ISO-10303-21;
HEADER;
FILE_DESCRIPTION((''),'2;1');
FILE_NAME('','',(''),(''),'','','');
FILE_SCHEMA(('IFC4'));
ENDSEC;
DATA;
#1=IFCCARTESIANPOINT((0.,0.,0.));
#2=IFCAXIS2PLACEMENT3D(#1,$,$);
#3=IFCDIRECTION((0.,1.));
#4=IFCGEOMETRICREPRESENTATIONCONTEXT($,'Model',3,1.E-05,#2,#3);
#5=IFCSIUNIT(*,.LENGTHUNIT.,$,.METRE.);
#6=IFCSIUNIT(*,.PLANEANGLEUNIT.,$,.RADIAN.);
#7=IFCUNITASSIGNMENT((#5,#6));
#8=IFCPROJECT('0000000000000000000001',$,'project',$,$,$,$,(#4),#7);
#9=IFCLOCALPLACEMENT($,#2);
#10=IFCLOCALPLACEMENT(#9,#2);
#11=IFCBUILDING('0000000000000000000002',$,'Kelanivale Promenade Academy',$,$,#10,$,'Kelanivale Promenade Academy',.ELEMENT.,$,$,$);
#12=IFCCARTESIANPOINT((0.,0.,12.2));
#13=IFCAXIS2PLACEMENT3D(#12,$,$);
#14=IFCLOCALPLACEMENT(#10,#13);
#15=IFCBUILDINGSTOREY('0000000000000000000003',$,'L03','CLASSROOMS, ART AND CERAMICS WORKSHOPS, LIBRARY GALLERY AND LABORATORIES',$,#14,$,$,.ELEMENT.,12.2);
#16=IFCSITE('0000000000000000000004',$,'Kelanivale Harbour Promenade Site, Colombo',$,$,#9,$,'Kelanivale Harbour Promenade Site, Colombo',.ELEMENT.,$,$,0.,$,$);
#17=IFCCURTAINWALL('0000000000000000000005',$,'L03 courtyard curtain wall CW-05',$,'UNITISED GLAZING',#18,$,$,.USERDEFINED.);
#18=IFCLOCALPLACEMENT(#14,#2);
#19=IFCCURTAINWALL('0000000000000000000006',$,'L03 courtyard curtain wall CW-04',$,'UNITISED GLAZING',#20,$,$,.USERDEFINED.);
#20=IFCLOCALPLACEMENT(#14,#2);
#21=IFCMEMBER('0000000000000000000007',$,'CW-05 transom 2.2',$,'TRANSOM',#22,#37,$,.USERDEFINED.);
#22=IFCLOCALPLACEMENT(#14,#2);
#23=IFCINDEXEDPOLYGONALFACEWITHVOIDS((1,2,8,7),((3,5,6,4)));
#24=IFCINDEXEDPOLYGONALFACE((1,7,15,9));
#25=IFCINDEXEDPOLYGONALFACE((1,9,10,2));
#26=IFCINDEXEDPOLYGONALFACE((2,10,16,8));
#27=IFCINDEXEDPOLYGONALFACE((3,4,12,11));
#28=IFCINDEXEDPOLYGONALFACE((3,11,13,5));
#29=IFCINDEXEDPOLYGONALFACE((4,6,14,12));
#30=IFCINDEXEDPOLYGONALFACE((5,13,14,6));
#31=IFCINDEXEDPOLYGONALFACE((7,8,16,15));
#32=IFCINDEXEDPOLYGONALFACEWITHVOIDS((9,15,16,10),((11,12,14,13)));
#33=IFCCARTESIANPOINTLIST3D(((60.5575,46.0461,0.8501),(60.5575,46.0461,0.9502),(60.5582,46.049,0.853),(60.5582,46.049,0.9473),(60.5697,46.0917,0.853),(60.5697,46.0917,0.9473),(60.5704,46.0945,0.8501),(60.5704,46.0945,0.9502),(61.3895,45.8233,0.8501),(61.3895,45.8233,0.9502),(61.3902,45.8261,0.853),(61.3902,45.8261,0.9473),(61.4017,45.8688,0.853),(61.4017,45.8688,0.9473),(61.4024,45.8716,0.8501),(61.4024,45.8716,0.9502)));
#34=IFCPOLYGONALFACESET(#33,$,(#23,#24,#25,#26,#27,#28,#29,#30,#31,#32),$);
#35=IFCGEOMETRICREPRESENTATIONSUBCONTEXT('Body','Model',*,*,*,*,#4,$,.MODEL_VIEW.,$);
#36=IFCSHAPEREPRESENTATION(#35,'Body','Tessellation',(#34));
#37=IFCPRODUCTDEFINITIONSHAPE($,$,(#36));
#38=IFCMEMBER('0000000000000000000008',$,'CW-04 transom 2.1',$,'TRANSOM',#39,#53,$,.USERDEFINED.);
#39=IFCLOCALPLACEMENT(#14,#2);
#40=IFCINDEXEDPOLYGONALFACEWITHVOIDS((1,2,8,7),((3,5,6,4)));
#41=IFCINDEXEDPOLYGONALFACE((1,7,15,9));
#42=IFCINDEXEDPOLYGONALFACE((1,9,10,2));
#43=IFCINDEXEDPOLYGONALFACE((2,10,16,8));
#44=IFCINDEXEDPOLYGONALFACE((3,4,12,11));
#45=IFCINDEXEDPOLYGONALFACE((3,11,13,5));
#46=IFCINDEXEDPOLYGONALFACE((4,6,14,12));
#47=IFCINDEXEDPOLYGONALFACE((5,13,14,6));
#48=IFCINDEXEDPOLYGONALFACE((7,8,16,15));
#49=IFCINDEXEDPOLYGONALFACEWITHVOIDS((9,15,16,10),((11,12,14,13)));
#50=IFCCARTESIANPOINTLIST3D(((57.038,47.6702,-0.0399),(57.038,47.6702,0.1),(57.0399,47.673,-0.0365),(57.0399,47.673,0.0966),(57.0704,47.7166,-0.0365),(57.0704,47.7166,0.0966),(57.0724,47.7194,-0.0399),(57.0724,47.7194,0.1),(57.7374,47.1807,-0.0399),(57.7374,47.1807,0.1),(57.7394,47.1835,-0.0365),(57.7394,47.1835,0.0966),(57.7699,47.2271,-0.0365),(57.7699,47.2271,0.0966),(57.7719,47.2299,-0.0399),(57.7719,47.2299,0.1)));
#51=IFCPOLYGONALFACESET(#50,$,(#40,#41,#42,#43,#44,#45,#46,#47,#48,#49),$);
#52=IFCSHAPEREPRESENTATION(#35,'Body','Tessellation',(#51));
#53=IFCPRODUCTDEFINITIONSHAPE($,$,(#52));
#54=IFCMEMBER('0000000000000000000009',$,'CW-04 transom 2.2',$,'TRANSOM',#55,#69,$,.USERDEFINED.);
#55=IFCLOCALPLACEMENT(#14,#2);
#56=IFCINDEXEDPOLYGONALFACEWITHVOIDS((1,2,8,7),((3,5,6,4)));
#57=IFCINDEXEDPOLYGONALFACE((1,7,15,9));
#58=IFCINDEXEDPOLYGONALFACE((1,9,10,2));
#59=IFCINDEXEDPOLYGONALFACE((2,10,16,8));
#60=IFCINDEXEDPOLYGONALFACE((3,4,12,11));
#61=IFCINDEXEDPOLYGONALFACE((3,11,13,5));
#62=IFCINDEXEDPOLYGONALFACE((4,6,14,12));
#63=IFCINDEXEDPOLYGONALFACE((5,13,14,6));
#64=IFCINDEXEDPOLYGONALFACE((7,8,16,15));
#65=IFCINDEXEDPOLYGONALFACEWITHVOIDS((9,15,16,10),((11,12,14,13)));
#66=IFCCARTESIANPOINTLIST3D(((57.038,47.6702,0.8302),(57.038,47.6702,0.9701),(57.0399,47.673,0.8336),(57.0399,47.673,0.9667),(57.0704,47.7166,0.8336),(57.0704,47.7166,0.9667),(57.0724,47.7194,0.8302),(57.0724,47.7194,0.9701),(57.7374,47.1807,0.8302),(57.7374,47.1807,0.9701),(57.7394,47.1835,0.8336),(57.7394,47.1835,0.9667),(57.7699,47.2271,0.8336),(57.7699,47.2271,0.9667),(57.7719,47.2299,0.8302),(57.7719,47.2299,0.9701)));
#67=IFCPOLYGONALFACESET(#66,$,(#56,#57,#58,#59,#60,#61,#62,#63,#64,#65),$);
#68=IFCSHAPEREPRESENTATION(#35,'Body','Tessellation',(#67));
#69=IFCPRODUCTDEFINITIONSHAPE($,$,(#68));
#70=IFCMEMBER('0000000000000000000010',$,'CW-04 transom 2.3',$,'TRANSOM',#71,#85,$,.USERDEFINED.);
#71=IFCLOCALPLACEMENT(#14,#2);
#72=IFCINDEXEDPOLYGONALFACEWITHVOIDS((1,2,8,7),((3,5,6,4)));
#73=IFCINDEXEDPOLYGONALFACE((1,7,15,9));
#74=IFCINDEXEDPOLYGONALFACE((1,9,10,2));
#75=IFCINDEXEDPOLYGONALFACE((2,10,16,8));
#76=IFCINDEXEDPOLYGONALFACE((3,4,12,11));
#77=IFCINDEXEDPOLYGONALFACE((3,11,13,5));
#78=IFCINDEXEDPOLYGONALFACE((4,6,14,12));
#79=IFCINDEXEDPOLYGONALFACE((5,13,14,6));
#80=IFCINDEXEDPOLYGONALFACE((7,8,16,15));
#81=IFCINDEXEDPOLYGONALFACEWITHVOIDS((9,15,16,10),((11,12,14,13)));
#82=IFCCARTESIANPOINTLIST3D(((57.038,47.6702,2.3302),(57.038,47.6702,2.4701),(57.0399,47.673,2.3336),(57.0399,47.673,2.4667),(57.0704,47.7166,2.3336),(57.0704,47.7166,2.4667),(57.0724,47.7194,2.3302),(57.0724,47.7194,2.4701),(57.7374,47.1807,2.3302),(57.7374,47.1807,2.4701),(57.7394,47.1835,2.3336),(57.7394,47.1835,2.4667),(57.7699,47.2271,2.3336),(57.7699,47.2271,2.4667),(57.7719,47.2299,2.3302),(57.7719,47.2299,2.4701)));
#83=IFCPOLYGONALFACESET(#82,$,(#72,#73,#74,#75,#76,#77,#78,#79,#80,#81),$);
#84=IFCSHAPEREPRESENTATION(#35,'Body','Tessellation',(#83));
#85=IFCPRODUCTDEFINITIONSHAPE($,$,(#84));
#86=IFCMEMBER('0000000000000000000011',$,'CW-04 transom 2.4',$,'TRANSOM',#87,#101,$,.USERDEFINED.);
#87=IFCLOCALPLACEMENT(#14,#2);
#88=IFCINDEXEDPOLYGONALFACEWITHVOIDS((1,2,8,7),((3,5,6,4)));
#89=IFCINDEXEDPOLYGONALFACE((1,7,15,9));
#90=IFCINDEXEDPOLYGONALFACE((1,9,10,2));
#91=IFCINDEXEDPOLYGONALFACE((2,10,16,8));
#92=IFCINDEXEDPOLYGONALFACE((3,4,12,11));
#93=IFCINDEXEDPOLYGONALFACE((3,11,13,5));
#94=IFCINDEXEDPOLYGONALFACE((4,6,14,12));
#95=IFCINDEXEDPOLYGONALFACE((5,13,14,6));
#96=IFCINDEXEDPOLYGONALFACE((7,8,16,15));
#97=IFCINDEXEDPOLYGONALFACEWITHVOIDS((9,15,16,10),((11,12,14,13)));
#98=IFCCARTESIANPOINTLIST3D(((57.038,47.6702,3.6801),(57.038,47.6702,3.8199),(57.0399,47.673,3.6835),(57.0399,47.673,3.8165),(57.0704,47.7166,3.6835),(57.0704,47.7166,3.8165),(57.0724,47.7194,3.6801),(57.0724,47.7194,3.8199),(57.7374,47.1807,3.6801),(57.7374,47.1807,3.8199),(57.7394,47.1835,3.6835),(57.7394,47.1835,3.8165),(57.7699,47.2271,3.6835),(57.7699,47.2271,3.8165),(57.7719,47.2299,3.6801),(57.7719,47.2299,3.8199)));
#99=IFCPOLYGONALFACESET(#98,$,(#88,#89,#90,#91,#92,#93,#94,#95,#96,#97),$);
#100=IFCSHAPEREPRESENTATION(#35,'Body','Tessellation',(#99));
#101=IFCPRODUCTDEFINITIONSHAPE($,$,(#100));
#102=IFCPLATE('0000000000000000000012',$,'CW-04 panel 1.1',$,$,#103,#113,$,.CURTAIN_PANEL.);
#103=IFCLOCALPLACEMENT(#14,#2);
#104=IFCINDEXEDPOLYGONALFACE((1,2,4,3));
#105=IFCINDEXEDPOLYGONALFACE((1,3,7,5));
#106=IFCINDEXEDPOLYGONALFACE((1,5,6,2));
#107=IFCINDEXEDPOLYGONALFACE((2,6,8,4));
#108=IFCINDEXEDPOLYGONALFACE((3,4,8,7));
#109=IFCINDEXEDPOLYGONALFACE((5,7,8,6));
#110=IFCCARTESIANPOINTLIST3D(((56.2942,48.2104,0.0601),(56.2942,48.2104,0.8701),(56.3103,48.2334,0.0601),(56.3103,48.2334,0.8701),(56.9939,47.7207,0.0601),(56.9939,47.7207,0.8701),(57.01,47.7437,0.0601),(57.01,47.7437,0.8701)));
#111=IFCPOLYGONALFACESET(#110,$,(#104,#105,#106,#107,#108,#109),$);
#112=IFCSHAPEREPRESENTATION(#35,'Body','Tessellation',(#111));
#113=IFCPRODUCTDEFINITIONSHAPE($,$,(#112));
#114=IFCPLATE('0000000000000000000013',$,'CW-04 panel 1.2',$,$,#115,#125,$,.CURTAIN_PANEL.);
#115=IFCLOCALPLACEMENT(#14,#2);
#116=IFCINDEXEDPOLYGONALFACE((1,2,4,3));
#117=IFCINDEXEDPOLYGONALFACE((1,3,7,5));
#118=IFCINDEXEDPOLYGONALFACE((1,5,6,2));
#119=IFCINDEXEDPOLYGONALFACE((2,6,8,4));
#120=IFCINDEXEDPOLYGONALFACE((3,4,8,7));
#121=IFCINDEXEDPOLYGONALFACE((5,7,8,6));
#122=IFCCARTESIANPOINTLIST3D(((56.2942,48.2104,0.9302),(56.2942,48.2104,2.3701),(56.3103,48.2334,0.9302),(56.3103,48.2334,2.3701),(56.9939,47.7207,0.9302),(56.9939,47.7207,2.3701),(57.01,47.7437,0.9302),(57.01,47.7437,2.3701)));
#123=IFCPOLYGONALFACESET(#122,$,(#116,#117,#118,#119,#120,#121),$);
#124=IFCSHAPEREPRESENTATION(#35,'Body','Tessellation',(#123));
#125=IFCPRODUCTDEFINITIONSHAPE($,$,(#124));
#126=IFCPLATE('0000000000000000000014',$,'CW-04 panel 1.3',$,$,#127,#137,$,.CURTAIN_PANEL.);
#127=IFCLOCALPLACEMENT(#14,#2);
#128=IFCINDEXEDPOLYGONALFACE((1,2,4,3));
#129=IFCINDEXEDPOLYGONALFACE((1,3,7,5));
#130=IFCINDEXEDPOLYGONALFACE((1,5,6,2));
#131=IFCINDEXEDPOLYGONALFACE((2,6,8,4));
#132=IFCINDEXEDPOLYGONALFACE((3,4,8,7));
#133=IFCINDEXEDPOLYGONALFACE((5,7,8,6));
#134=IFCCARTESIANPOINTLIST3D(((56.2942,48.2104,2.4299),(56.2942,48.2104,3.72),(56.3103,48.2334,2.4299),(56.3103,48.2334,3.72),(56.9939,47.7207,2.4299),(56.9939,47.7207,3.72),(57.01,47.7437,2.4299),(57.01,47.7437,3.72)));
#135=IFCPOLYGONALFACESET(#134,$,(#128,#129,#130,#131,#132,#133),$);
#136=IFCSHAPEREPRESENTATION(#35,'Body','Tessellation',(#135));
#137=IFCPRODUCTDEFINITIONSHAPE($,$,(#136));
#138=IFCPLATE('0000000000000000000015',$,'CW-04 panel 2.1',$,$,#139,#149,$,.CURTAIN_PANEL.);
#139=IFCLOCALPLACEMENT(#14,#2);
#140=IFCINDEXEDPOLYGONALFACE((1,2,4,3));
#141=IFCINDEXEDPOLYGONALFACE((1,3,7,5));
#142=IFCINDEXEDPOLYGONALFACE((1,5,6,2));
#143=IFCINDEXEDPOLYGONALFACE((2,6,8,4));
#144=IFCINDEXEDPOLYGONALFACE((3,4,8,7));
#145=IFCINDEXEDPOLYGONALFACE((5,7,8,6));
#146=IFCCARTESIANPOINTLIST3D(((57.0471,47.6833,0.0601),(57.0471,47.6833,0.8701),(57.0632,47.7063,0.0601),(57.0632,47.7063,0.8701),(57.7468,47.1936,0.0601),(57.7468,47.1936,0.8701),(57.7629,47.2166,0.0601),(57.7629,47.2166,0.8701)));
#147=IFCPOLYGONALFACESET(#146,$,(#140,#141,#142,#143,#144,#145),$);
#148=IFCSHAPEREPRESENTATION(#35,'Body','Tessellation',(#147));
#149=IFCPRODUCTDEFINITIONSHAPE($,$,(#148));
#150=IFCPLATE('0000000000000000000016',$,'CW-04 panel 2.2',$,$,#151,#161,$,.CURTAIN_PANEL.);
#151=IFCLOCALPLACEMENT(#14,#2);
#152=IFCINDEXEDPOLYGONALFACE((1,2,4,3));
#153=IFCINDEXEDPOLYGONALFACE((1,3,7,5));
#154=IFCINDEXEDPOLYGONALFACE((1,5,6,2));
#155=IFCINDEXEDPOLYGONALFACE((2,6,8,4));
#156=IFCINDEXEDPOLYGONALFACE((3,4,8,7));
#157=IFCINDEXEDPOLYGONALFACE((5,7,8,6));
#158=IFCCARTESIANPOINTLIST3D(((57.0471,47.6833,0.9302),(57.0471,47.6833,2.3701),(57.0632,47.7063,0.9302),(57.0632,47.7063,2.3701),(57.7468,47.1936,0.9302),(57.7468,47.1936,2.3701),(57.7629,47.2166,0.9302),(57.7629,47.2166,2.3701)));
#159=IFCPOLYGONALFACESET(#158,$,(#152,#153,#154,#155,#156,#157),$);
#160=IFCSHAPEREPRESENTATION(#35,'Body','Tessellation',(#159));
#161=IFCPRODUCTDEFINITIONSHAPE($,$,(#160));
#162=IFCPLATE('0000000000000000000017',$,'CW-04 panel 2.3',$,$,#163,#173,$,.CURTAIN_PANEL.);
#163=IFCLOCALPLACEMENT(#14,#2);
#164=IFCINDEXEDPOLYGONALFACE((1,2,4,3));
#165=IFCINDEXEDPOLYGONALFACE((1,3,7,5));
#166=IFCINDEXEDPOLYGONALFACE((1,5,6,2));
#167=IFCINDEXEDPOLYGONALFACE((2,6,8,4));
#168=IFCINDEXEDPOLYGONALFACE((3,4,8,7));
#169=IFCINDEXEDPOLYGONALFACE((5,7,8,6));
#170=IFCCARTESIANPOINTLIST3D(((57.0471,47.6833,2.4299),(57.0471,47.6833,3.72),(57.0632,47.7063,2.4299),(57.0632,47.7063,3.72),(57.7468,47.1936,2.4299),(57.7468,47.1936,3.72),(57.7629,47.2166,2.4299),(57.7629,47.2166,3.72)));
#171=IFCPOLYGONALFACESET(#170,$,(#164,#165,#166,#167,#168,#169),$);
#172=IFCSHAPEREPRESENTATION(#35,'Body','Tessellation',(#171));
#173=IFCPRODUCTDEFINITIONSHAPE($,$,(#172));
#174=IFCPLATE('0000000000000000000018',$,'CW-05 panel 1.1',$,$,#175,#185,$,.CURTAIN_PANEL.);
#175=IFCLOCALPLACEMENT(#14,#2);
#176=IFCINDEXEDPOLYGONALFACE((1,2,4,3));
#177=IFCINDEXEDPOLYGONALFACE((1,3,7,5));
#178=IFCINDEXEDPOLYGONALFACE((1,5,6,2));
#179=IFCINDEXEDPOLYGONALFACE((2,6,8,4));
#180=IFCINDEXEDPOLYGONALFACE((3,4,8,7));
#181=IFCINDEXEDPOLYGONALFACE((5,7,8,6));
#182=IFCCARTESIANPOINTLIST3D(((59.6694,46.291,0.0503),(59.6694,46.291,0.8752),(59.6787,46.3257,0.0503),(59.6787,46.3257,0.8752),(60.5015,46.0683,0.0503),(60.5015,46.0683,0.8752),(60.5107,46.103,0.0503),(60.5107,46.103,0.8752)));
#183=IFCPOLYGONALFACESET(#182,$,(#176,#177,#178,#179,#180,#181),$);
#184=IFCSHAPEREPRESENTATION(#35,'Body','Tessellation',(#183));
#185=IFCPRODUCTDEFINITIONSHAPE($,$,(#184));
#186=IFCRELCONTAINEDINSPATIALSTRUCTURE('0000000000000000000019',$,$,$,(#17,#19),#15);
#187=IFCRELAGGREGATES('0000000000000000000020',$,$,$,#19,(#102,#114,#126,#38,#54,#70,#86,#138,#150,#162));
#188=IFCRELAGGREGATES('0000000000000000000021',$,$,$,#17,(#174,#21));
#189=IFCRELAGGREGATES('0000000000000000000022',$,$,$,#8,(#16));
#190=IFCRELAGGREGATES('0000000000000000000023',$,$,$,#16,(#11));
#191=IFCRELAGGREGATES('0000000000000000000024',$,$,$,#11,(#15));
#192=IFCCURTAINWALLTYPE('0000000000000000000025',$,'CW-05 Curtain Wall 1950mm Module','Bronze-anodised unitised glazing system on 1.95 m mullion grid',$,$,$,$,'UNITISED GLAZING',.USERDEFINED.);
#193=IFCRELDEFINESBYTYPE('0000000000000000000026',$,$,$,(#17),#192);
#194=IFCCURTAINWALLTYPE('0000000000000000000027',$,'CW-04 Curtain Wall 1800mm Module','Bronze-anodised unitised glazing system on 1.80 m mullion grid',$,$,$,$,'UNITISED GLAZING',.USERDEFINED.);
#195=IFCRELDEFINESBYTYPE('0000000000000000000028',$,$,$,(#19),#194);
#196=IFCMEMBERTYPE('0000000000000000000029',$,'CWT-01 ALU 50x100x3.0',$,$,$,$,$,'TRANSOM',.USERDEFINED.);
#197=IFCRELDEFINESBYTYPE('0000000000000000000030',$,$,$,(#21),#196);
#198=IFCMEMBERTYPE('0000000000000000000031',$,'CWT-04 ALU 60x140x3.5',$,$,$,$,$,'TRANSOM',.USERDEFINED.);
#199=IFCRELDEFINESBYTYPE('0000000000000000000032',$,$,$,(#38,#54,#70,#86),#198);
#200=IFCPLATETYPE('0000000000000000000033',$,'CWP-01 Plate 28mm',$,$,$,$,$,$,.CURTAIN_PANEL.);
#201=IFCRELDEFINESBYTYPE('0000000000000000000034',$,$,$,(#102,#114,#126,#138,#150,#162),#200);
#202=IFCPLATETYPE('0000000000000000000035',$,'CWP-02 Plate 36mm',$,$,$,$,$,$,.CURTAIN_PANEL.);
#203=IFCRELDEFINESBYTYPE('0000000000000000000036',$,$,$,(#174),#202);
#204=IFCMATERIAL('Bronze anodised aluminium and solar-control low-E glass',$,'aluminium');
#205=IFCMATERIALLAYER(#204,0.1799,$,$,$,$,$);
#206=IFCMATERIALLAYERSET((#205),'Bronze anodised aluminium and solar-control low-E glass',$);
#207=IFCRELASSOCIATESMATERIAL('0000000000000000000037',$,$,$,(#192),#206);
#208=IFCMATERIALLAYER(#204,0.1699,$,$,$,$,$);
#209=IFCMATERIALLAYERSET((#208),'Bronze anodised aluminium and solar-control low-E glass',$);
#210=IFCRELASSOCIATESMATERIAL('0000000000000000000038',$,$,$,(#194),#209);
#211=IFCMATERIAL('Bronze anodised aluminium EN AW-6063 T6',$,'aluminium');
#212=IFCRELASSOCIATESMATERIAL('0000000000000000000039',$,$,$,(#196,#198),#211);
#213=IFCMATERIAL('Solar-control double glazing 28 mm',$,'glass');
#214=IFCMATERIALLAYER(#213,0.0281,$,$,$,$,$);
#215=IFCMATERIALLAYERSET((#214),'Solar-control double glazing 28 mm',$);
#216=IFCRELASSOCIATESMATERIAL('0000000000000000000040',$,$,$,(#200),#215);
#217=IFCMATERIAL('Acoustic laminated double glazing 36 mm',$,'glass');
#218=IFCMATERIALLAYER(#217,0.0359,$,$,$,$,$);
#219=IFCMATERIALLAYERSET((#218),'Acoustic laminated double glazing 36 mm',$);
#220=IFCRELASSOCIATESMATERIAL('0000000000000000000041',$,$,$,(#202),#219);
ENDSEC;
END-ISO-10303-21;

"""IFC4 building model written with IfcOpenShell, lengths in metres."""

from ifc_helpers import new_model, si_unit, direction, frame, origin, origin_2d, place, context, subcontext, project, spatial, rectangle, hollow_rectangle, extrude, material, layer, layer_set, material_profile, profile_set, type_object, element, aggregate, save


model = new_model("IFC4")

# Units and contexts
model_context = context("Model", 3, precision=1e-05, world=origin(), true_north=direction((0.0, 1.0)))
body_context = subcontext(model_context, "Body", "Model", "MODEL_VIEW")
ifc_project = project(units=[si_unit("LENGTHUNIT", "METRE"), si_unit("PLANEANGLEUNIT", "RADIAN")], contexts=[model_context])

# Site, building, storey
site_placement = place(None, origin())
site = spatial("IfcSite", under=ifc_project, at=site_placement, Name="Kelanivale Harbour Promenade Site, Colombo", LongName="Kelanivale Harbour Promenade Site, Colombo", CompositionType="ELEMENT", RefElevation=0.0)
building_placement = place(site_placement, origin())
building = spatial("IfcBuilding", under=site, at=building_placement, Name="Kelanivale Promenade Academy", LongName="Kelanivale Promenade Academy", CompositionType="ELEMENT")
storey_placement = place(building_placement, frame((0.0, 0.0, 12.2)))
storey = spatial("IfcBuildingStorey", under=building, at=storey_placement, Name="L03", Description="CLASSROOMS, ART AND CERAMICS WORKSHOPS, LIBRARY GALLERY AND LABORATORIES", CompositionType="ELEMENT", Elevation=12.2)

# Curtain walls
ifc_material_1 = material(Name="Bronze anodised aluminium and solar-control low-E glass", Category="aluminium")
ifc_layer_1 = layer(ifc_material_1, 0.1799)
ifc_layer_set_1 = layer_set([ifc_layer_1], Name="Bronze anodised aluminium and solar-control low-E glass")
curtain_wall_type_1 = type_object("IfcCurtainWallType", Name="CW-05 Curtain Wall 1950mm Module", Description="Bronze-anodised unitised glazing system on 1.95 m mullion grid", ElementType="UNITISED GLAZING", PredefinedType="USERDEFINED", material=ifc_layer_set_1)
curtain_wall_1_placement = place(storey_placement, origin())
curtain_wall_1 = element("IfcCurtainWall", 1, at=curtain_wall_1_placement, inside=storey, type_object=curtain_wall_type_1, Name="L03 courtyard curtain wall CW-05", ObjectType="UNITISED GLAZING", PredefinedType="USERDEFINED")
ifc_material_2 = material(Name="Bronze anodised aluminium EN AW-6063 T6", Category="aluminium")
ifc_layer_2 = layer(ifc_material_1, 0.1699)
ifc_layer_set_2 = layer_set([ifc_layer_2], Name="Bronze anodised aluminium and solar-control low-E glass")
curtain_wall_type_2 = type_object("IfcCurtainWallType", Name="CW-04 Curtain Wall 1800mm Module", Description="Bronze-anodised unitised glazing system on 1.80 m mullion grid", ElementType="UNITISED GLAZING", PredefinedType="USERDEFINED", material=ifc_layer_set_2)
curtain_wall_2_placement = place(storey_placement, origin())
curtain_wall_2 = element("IfcCurtainWall", 2, at=curtain_wall_2_placement, inside=storey, type_object=curtain_wall_type_2, Name="L03 courtyard curtain wall CW-04", ObjectType="UNITISED GLAZING", PredefinedType="USERDEFINED")

# Members
ifc_material_profile_1 = material_profile(ifc_material_2, hollow_rectangle(XDim=0.05, YDim=0.1001, WallThickness=0.0029, at=origin_2d()), Name="ALU 50x100x3.0")
ifc_profile_set_1 = profile_set([ifc_material_profile_1], Name="Bronze anodised aluminium EN AW-6063 T6")
member_type_1 = type_object("IfcMemberType", Name="CWT-01 ALU 50x100x3.0", ElementType="TRANSOM", PredefinedType="USERDEFINED", material=ifc_profile_set_1)
member_1_placement = place(storey_placement, frame((60.564, 46.0703, 0.9001), z_axis=(0.965938, -0.258774, 0.0), x_axis=(0.258774, 0.965938, 0.0)))
member_1 = element("IfcMember", 3, at=member_1_placement, type_object=member_type_1, Name="CW-05 transom 2.2", ObjectType="TRANSOM", PredefinedType="USERDEFINED", context=body_context, shape_type="SweptSolid", body=[
    extrude(hollow_rectangle(XDim=0.05, YDim=0.1001, WallThickness=0.0029, at=origin_2d()), origin(), (0.0, 0.0, 1.0), 0.8613),
])
ifc_material_profile_2 = material_profile(ifc_material_2, hollow_rectangle(XDim=0.0601, YDim=0.1399, WallThickness=0.0034, at=origin_2d()), Name="ALU 60x140x3.5")
ifc_profile_set_2 = profile_set([ifc_material_profile_2], Name="Bronze anodised aluminium EN AW-6063 T6")
member_type_2 = type_object("IfcMemberType", Name="CWT-04 ALU 60x140x3.5", ElementType="TRANSOM", PredefinedType="USERDEFINED", material=ifc_profile_set_2)
member_2_placement = place(storey_placement, frame((57.0552, 47.6948, 0.03), z_axis=(0.819299, -0.573366, 0.0), x_axis=(0.573366, 0.819299, 0.0)))
member_2 = element("IfcMember", 4, at=member_2_placement, type_object=member_type_2, Name="CW-04 transom 2.1", ObjectType="TRANSOM", PredefinedType="USERDEFINED", context=body_context, shape_type="SweptSolid", body=[
    extrude(hollow_rectangle(XDim=0.0601, YDim=0.1399, WallThickness=0.0034, at=origin_2d()), origin(), (0.0, 0.0, 1.0), 0.8538),
])
member_3_placement = place(storey_placement, frame((57.0552, 47.6948, 0.9001), z_axis=(0.819299, -0.573366, 0.0), x_axis=(0.573366, 0.819299, 0.0)))
member_3 = element("IfcMember", 5, at=member_3_placement, type_object=member_type_2, Name="CW-04 transom 2.2", ObjectType="TRANSOM", PredefinedType="USERDEFINED", context=body_context, shape_type="SweptSolid", body=[
    extrude(hollow_rectangle(XDim=0.0601, YDim=0.1399, WallThickness=0.0034, at=origin_2d()), origin(), (0.0, 0.0, 1.0), 0.8538),
])
member_4_placement = place(storey_placement, frame((57.0552, 47.6948, 2.4001), z_axis=(0.819299, -0.573366, 0.0), x_axis=(0.573366, 0.819299, 0.0)))
member_4 = element("IfcMember", 6, at=member_4_placement, type_object=member_type_2, Name="CW-04 transom 2.3", ObjectType="TRANSOM", PredefinedType="USERDEFINED", context=body_context, shape_type="SweptSolid", body=[
    extrude(hollow_rectangle(XDim=0.0601, YDim=0.1399, WallThickness=0.0034, at=origin_2d()), origin(), (0.0, 0.0, 1.0), 0.8538),
])
member_5_placement = place(storey_placement, frame((57.0552, 47.6948, 3.75), z_axis=(0.819299, -0.573366, 0.0), x_axis=(0.573366, 0.819299, 0.0)))
member_5 = element("IfcMember", 7, at=member_5_placement, type_object=member_type_2, Name="CW-04 transom 2.4", ObjectType="TRANSOM", PredefinedType="USERDEFINED", context=body_context, shape_type="SweptSolid", body=[
    extrude(hollow_rectangle(XDim=0.0601, YDim=0.1399, WallThickness=0.0034, at=origin_2d()), origin(), (0.0, 0.0, 1.0), 0.8538),
])

# Plates
ifc_material_3 = material(Name="Solar-control double glazing 28 mm", Category="glass")
ifc_layer_3 = layer(ifc_material_3, 0.0281)
ifc_layer_set_3 = layer_set([ifc_layer_3], Name="Solar-control double glazing 28 mm")
plate_type_1 = type_object("IfcPlateType", Name="CWP-01 Plate 28mm", PredefinedType="CURTAIN_PANEL", material=ifc_layer_set_3)
plate_1_placement = place(storey_placement, frame((56.6521, 47.9771, 0.0601), z_axis=(0.0, 0.0, 1.0), x_axis=(0.819306, -0.573357, 0.0)))
plate_1 = element("IfcPlate", 8, at=plate_1_placement, type_object=plate_type_1, Name="CW-04 panel 1.1", PredefinedType="CURTAIN_PANEL", context=body_context, shape_type="SweptSolid", body=[
    extrude(rectangle(XDim=0.854, YDim=0.0281, at=origin_2d()), origin(), (0.0, 0.0, 1.0), 0.8101),
])
plate_2_placement = place(storey_placement, frame((56.6521, 47.9771, 0.9302), z_axis=(0.0, 0.0, 1.0), x_axis=(0.819306, -0.573357, 0.0)))
plate_2 = element("IfcPlate", 9, at=plate_2_placement, type_object=plate_type_1, Name="CW-04 panel 1.2", PredefinedType="CURTAIN_PANEL", context=body_context, shape_type="SweptSolid", body=[
    extrude(rectangle(XDim=0.854, YDim=0.0281, at=origin_2d()), origin(), (0.0, 0.0, 1.0), 1.4399),
])
plate_3_placement = place(storey_placement, frame((56.6521, 47.9771, 2.4299), z_axis=(0.0, 0.0, 1.0), x_axis=(0.819306, -0.573357, 0.0)))
plate_3 = element("IfcPlate", 10, at=plate_3_placement, type_object=plate_type_1, Name="CW-04 panel 1.3", PredefinedType="CURTAIN_PANEL", context=body_context, shape_type="SweptSolid", body=[
    extrude(rectangle(XDim=0.854, YDim=0.0281, at=origin_2d()), origin(), (0.0, 0.0, 1.0), 1.29),
])
plate_4_placement = place(storey_placement, frame((57.405, 47.45, 0.0601), z_axis=(0.0, 0.0, 1.0), x_axis=(0.819306, -0.573357, 0.0)))
plate_4 = element("IfcPlate", 11, at=plate_4_placement, type_object=plate_type_1, Name="CW-04 panel 2.1", PredefinedType="CURTAIN_PANEL", context=body_context, shape_type="SweptSolid", body=[
    extrude(rectangle(XDim=0.854, YDim=0.0281, at=origin_2d()), origin(), (0.0, 0.0, 1.0), 0.8101),
])
plate_5_placement = place(storey_placement, frame((57.405, 47.45, 0.9302), z_axis=(0.0, 0.0, 1.0), x_axis=(0.819306, -0.573357, 0.0)))
plate_5 = element("IfcPlate", 12, at=plate_5_placement, type_object=plate_type_1, Name="CW-04 panel 2.2", PredefinedType="CURTAIN_PANEL", context=body_context, shape_type="SweptSolid", body=[
    extrude(rectangle(XDim=0.854, YDim=0.0281, at=origin_2d()), origin(), (0.0, 0.0, 1.0), 1.4399),
])
plate_6_placement = place(storey_placement, frame((57.405, 47.45, 2.4299), z_axis=(0.0, 0.0, 1.0), x_axis=(0.819306, -0.573357, 0.0)))
plate_6 = element("IfcPlate", 13, at=plate_6_placement, type_object=plate_type_1, Name="CW-04 panel 2.3", PredefinedType="CURTAIN_PANEL", context=body_context, shape_type="SweptSolid", body=[
    extrude(rectangle(XDim=0.854, YDim=0.0281, at=origin_2d()), origin(), (0.0, 0.0, 1.0), 1.29),
])
aggregate(curtain_wall_2, [plate_1, plate_2, plate_3, member_2, member_3, member_4, member_5, plate_4, plate_5, plate_6])
ifc_material_4 = material(Name="Acoustic laminated double glazing 36 mm", Category="glass")
ifc_layer_4 = layer(ifc_material_4, 0.0359)
ifc_layer_set_4 = layer_set([ifc_layer_4], Name="Acoustic laminated double glazing 36 mm")
plate_type_2 = type_object("IfcPlateType", Name="CWP-02 Plate 36mm", PredefinedType="CURTAIN_PANEL", material=ifc_layer_set_4)
plate_7_placement = place(storey_placement, frame((60.0901, 46.197, 0.0503), z_axis=(0.0, 0.0, 1.0), x_axis=(0.96599, -0.258578, 0.0)))
plate_7 = element("IfcPlate", 14, at=plate_7_placement, type_object=plate_type_2, Name="CW-05 panel 1.1", PredefinedType="CURTAIN_PANEL", context=body_context, shape_type="SweptSolid", body=[
    extrude(rectangle(XDim=0.8613, YDim=0.0359, at=origin_2d()), origin(), (0.0, 0.0, 1.0), 0.825),
])
aggregate(curtain_wall_1, [plate_7, member_1])

save(model, "model.ifc")
